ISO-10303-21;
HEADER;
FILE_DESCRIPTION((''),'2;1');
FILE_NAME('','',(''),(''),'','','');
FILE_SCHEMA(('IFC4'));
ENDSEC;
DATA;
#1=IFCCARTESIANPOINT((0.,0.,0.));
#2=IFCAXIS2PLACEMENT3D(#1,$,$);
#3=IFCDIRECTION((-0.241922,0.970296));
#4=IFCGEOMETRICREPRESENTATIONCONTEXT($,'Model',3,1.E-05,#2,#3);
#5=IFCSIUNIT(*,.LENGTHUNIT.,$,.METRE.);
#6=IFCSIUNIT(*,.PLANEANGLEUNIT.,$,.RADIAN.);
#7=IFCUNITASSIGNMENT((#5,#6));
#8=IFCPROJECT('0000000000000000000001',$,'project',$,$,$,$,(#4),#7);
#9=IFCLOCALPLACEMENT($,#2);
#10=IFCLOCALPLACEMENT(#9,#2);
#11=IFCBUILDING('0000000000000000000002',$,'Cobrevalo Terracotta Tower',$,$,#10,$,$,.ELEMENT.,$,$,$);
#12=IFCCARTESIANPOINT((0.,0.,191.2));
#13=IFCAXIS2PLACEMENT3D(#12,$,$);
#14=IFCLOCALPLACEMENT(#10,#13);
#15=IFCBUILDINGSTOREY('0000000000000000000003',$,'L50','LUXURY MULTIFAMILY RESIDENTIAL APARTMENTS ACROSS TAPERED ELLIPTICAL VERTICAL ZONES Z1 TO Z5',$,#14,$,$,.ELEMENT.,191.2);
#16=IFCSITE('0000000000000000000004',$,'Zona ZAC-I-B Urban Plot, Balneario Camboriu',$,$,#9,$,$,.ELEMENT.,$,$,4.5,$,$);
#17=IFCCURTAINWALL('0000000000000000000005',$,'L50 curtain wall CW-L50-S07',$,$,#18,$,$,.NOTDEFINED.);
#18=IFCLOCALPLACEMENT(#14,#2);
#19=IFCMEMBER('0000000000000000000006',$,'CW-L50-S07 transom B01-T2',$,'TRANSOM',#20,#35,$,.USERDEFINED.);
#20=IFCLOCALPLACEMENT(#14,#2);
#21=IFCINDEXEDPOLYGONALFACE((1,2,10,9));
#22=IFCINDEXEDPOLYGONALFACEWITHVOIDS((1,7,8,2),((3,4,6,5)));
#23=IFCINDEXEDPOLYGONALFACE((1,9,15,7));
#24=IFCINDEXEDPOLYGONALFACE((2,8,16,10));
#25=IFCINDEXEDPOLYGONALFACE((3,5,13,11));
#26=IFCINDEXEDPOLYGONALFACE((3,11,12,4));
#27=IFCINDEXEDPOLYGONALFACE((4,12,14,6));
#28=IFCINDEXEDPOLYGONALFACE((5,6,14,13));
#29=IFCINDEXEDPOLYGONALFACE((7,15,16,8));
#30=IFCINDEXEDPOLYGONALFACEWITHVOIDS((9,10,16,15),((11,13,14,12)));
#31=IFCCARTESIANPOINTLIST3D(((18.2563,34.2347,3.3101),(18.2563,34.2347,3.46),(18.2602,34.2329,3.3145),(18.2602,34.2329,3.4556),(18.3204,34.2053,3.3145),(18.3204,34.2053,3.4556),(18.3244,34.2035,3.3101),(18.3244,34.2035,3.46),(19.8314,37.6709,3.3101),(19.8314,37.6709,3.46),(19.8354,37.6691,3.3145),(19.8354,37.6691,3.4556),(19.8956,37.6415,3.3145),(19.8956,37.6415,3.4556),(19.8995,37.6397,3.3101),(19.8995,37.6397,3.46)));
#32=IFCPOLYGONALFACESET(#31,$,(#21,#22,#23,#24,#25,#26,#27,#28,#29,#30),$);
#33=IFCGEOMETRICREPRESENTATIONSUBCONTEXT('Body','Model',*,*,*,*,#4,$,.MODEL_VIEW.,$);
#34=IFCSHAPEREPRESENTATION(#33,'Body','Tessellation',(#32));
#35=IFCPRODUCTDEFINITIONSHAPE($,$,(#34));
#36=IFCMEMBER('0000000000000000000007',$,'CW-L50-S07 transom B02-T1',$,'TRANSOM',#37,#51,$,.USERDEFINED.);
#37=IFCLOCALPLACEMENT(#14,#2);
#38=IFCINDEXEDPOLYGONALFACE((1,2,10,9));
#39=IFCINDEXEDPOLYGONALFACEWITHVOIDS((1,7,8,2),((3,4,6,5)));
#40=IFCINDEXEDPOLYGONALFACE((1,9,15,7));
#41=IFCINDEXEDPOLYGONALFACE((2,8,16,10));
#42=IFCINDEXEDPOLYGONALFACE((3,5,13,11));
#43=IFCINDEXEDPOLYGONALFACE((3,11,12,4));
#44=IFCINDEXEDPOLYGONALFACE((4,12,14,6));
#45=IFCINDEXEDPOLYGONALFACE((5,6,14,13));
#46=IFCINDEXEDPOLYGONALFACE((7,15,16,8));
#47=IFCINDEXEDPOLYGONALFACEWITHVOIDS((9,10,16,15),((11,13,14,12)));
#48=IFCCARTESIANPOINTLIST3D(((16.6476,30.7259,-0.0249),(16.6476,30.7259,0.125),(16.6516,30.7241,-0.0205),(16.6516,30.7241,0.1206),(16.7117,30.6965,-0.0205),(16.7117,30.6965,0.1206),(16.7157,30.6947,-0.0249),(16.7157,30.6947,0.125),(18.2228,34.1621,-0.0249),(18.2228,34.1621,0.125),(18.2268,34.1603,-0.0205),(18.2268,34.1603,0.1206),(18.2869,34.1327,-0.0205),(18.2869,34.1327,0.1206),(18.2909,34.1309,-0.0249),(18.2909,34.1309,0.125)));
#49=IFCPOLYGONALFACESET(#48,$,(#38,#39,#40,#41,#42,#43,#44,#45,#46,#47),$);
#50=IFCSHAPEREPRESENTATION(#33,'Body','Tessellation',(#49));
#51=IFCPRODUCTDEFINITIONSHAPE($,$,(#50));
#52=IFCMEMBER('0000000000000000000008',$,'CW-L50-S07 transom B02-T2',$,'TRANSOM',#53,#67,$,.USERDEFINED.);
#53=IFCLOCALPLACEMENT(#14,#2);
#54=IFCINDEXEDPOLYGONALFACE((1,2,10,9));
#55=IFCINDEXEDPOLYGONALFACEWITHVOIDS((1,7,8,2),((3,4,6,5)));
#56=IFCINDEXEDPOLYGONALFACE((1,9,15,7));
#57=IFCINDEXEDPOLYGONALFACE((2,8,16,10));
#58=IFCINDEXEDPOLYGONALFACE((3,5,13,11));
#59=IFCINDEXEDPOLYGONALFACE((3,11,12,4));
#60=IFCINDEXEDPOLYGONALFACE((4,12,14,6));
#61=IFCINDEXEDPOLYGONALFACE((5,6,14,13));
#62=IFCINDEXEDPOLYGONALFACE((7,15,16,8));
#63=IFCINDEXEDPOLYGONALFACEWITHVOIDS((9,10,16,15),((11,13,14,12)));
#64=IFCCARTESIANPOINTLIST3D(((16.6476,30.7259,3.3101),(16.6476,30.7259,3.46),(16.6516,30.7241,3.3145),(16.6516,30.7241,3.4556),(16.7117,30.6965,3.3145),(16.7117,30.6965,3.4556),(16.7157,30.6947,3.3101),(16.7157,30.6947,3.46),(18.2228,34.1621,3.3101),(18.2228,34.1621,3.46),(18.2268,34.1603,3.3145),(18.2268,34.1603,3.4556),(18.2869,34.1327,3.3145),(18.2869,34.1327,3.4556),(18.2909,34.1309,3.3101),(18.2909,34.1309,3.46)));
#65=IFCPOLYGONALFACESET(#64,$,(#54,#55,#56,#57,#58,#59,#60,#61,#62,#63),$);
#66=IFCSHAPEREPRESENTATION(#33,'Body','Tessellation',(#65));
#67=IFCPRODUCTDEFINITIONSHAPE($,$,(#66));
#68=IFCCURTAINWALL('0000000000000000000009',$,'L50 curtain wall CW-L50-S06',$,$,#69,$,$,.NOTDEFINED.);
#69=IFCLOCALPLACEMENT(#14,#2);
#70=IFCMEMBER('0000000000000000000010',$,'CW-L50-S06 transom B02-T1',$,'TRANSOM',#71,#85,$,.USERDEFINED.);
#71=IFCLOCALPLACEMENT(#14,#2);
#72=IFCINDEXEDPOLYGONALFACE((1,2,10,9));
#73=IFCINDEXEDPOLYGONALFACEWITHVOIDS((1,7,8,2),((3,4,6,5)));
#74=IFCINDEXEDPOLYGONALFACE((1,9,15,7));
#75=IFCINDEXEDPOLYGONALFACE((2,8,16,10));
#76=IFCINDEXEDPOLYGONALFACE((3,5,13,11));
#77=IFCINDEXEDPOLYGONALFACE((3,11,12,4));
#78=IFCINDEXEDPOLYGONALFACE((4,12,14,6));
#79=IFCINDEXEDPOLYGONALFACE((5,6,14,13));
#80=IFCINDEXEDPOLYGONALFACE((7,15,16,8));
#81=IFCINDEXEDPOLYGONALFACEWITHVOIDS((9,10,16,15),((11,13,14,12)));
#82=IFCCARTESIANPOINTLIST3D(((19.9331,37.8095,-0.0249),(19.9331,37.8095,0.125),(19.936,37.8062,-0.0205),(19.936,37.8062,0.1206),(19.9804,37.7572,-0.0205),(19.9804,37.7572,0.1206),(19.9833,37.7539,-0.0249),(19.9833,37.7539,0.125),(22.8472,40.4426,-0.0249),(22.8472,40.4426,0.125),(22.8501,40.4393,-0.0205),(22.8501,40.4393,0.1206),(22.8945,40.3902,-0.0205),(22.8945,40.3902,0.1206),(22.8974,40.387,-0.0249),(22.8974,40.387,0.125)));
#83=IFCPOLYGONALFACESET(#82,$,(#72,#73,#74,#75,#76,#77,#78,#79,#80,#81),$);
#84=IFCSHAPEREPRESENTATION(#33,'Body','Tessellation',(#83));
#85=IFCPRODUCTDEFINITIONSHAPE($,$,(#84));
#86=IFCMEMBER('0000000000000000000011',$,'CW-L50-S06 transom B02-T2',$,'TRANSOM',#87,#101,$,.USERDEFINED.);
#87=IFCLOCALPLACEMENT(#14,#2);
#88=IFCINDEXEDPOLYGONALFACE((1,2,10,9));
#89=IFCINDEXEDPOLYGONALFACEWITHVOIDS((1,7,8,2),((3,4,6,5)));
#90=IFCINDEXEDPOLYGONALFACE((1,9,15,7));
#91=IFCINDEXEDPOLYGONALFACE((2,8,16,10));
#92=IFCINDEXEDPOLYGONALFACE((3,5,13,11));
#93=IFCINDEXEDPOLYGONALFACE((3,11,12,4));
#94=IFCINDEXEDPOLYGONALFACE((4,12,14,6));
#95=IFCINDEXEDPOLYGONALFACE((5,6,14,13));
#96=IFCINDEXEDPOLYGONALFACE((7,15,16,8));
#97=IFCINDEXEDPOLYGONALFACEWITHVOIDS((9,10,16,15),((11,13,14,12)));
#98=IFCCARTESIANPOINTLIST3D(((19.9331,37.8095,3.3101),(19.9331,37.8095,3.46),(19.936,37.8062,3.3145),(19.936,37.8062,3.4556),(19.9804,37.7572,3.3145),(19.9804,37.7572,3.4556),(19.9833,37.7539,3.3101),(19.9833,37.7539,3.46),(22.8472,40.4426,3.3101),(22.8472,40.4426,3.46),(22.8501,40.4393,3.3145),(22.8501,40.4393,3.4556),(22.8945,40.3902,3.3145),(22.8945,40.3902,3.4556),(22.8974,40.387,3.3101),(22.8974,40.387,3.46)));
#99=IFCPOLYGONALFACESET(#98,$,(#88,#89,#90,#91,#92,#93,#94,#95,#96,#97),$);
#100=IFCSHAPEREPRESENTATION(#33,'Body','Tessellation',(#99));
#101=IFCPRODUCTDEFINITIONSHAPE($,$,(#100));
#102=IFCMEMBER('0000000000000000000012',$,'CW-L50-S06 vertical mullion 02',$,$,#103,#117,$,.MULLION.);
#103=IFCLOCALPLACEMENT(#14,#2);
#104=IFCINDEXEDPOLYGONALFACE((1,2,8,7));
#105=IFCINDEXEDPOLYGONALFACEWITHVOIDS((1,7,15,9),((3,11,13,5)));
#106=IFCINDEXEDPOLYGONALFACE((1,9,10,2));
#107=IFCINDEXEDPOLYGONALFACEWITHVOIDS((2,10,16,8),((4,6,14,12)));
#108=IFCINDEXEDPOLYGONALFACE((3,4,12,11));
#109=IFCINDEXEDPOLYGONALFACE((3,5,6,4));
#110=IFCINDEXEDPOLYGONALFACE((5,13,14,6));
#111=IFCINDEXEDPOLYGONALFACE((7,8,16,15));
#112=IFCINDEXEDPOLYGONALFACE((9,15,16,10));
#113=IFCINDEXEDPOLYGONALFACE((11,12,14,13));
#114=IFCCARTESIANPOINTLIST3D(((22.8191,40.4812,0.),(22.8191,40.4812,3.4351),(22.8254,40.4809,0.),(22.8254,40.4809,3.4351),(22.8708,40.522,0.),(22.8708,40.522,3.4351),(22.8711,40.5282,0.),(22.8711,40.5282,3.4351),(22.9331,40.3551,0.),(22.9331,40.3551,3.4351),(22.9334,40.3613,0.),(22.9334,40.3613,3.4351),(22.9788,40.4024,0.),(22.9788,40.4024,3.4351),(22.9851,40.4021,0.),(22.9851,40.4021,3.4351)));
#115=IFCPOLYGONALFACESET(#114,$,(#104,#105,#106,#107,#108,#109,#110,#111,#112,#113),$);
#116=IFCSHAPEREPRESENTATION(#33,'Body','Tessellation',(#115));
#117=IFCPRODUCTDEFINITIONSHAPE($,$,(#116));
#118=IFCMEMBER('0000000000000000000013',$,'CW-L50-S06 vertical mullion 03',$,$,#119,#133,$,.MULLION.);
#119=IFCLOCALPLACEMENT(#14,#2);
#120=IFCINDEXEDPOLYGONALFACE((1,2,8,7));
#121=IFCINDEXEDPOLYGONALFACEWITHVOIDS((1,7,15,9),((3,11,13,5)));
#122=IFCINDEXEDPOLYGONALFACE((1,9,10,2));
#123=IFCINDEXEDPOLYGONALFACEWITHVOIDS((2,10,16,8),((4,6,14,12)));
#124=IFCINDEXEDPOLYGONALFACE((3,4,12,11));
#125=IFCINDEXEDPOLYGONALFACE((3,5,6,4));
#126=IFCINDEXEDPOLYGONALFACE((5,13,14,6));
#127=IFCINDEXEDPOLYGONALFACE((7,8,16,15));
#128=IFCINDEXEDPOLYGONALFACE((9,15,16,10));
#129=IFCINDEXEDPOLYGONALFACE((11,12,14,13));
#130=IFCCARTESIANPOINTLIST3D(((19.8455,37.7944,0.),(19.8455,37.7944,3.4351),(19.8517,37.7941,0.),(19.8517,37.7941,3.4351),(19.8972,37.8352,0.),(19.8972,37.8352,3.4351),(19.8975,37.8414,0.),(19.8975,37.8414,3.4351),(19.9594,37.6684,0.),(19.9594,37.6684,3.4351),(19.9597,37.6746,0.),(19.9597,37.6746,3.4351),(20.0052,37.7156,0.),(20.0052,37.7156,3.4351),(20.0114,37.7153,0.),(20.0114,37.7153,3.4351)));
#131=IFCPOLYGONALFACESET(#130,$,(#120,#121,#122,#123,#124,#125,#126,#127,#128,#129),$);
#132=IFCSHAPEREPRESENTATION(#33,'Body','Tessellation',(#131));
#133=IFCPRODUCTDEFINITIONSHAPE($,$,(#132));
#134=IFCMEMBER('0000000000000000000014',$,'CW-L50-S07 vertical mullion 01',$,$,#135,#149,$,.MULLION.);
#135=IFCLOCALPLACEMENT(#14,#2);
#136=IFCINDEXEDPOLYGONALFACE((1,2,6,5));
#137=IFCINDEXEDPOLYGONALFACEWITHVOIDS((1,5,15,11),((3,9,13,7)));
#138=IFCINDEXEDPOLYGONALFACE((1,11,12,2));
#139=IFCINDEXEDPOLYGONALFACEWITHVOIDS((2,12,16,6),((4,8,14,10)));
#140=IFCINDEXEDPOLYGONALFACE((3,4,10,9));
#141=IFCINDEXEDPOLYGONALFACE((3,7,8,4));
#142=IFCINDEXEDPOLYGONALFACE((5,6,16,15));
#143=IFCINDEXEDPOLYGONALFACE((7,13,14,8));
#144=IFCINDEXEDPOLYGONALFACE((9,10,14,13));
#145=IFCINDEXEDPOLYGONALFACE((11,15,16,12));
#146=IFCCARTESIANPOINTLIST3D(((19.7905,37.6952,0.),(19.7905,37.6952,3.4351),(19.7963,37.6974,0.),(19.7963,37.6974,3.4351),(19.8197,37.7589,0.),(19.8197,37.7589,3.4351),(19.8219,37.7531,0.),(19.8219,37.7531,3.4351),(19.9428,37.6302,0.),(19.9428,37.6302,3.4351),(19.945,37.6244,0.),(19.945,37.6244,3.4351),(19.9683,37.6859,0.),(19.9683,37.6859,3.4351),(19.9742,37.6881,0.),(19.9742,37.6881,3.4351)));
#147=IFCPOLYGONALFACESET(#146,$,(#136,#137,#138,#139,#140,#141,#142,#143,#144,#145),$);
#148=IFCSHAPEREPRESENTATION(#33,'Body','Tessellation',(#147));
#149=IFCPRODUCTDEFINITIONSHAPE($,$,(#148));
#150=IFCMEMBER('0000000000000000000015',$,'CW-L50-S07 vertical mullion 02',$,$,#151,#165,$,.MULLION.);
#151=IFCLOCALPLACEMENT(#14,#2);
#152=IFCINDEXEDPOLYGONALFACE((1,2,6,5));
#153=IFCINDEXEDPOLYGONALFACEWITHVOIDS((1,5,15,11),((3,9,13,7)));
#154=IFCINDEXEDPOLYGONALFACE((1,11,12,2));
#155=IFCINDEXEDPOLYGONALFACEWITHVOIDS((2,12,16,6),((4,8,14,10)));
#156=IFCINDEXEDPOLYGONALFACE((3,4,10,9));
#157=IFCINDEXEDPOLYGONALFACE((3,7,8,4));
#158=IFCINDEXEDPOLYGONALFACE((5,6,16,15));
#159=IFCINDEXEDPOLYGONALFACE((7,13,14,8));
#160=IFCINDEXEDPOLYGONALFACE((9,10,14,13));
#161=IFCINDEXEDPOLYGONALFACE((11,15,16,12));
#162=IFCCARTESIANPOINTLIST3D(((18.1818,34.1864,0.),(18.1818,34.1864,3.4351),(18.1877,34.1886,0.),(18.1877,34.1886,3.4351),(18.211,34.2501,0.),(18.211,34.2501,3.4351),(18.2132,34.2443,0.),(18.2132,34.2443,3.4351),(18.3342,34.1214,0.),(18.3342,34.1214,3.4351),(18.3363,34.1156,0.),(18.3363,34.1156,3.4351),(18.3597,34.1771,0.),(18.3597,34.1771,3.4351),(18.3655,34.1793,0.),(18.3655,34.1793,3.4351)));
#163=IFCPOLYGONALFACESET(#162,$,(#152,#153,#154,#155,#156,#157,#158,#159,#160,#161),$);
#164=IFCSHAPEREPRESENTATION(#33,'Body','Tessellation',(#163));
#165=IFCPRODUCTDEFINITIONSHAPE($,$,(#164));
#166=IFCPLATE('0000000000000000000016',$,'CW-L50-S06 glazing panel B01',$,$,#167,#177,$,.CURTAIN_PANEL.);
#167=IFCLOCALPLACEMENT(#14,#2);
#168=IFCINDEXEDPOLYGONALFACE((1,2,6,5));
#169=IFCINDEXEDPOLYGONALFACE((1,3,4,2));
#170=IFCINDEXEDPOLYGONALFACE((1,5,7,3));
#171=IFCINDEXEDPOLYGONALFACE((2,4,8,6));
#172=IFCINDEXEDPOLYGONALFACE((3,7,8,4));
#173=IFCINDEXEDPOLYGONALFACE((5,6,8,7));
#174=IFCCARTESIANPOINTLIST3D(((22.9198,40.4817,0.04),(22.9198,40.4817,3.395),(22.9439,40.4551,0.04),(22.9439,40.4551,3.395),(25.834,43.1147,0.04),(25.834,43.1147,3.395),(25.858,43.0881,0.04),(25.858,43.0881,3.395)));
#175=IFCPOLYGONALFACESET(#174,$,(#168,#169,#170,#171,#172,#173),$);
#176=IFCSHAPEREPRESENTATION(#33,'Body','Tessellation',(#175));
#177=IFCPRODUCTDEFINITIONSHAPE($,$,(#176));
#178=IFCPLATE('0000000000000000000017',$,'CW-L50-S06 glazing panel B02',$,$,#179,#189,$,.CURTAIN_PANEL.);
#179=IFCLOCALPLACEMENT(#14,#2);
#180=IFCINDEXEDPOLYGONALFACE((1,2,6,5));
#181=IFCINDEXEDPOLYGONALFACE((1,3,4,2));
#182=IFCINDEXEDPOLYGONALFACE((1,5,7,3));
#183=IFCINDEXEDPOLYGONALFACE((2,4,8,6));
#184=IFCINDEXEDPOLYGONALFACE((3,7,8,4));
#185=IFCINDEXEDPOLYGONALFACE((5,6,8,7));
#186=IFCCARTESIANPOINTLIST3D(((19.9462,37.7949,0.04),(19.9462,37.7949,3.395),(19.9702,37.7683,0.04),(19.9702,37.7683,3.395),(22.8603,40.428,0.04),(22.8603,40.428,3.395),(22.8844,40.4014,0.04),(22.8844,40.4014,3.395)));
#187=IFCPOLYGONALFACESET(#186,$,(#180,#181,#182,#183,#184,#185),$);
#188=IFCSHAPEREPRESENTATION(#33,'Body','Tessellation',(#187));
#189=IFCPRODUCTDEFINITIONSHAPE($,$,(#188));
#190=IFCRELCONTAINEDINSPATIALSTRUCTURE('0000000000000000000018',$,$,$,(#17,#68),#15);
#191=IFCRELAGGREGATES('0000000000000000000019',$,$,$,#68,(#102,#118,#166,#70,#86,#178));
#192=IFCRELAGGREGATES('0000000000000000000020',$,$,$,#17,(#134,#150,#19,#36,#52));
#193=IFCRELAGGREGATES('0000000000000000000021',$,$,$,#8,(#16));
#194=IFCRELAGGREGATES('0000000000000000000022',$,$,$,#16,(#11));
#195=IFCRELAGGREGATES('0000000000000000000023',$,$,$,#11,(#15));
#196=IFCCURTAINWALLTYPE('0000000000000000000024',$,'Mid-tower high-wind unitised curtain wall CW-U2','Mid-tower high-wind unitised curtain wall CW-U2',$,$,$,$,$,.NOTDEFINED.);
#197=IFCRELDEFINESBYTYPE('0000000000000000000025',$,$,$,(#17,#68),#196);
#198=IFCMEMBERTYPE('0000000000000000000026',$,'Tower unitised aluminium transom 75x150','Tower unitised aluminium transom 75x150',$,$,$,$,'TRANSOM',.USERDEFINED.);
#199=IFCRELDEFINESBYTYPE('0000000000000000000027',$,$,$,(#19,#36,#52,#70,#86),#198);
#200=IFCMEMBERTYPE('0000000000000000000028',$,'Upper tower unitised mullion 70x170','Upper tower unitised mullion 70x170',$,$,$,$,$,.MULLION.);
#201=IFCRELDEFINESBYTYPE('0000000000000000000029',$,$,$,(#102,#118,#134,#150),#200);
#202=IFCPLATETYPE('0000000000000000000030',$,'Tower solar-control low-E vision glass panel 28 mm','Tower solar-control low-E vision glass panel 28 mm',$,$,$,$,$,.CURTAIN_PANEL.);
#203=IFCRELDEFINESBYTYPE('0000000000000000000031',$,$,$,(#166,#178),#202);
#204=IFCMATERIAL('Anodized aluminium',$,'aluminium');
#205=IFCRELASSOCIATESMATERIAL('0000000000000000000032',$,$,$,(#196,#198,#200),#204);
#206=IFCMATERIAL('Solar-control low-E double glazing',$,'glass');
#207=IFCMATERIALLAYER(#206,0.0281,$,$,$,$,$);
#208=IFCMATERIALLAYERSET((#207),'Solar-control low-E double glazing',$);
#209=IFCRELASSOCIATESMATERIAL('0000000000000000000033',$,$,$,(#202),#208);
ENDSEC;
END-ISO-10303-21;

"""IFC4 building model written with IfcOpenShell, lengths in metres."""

from ifc_helpers import new_model, si_unit, direction, frame, origin, origin_2d, place, context, subcontext, project, spatial, rectangle, hollow_rectangle, extrude, source, transform, mapped, material, layer, layer_set, material_profile, profile_set, type_object, element, aggregate, save


model = new_model("IFC4")

# Units and contexts
model_context = context("Model", 3, precision=1e-05, world=origin(), true_north=direction((-0.241922, 0.970296)))
body_context = subcontext(model_context, "Body", "Model", "MODEL_VIEW")
ifc_project = project(units=[si_unit("LENGTHUNIT", "METRE"), si_unit("PLANEANGLEUNIT", "RADIAN")], contexts=[model_context])

# Site, building, storey
site_placement = place(None, origin())
site = spatial("IfcSite", under=ifc_project, at=site_placement, Name="Zona ZAC-I-B Urban Plot, Balneario Camboriu", CompositionType="ELEMENT", RefElevation=4.5)
building_placement = place(site_placement, origin())
building = spatial("IfcBuilding", under=site, at=building_placement, Name="Cobrevalo Terracotta Tower", CompositionType="ELEMENT")
storey_placement = place(building_placement, frame((0.0, 0.0, 191.2)))
storey = spatial("IfcBuildingStorey", under=building, at=storey_placement, Name="L50", Description="LUXURY MULTIFAMILY RESIDENTIAL APARTMENTS ACROSS TAPERED ELLIPTICAL VERTICAL ZONES Z1 TO Z5", CompositionType="ELEMENT", Elevation=191.2)

# Curtain walls, members
ifc_material_1 = material(Name="Anodized aluminium", Category="aluminium")
curtain_wall_type = type_object("IfcCurtainWallType", Name="Mid-tower high-wind unitised curtain wall CW-U2", Description="Mid-tower high-wind unitised curtain wall CW-U2", PredefinedType="NOTDEFINED", material=ifc_material_1)
curtain_wall_1_placement = place(storey_placement, origin())
curtain_wall_1 = element("IfcCurtainWall", 1, at=curtain_wall_1_placement, inside=storey, type_object=curtain_wall_type, Name="L50 curtain wall CW-L50-S07", PredefinedType="NOTDEFINED")
ifc_material_profile_1 = material_profile(ifc_material_1, hollow_rectangle(XDim=0.075, YDim=0.1499, WallThickness=0.0044, at=origin_2d()), Name="CWT 75x150")
ifc_profile_set_1 = profile_set([ifc_material_profile_1], Name="Anodized aluminium")
member_type_1 = type_object("IfcMemberType", Name="Tower unitised aluminium transom 75x150", Description="Tower unitised aluminium transom 75x150", ElementType="TRANSOM", PredefinedType="USERDEFINED", material=ifc_profile_set_1)
shared_shape_1 = source(origin(), body_context, "Body", "SweptSolid", [
    extrude(hollow_rectangle(XDim=0.075, YDim=0.1499, WallThickness=0.0044, at=origin_2d()), origin(), (0.0, 0.0, 1.0), 3.78),
])
member_1_placement = place(storey_placement, frame((19.8655, 37.6553, 3.385), z_axis=(-0.416706, -0.909041, 0.0), x_axis=(0.909041, -0.416706, 0.0)))
member_1 = element("IfcMember", 2, at=member_1_placement, type_object=member_type_1, Name="CW-L50-S07 transom B01-T2", ObjectType="TRANSOM", PredefinedType="USERDEFINED", context=body_context, shape_type="MappedRepresentation", body=[
    mapped(shared_shape_1, transform((0.0, 0.0, 0.0), scale=1.0)),
])
member_2_placement = place(storey_placement, frame((18.2568, 34.1465, 0.05), z_axis=(-0.416706, -0.909041, 0.0), x_axis=(0.909041, -0.416706, 0.0)))
member_2 = element("IfcMember", 3, at=member_2_placement, type_object=member_type_1, Name="CW-L50-S07 transom B02-T1", ObjectType="TRANSOM", PredefinedType="USERDEFINED", context=body_context, shape_type="MappedRepresentation", body=[
    mapped(shared_shape_1, transform((0.0, 0.0, 0.0), scale=1.0)),
])
member_3_placement = place(storey_placement, frame((18.2568, 34.1465, 3.385), z_axis=(-0.416706, -0.909041, 0.0), x_axis=(0.909041, -0.416706, 0.0)))
member_3 = element("IfcMember", 4, at=member_3_placement, type_object=member_type_1, Name="CW-L50-S07 transom B02-T2", ObjectType="TRANSOM", PredefinedType="USERDEFINED", context=body_context, shape_type="MappedRepresentation", body=[
    mapped(shared_shape_1, transform((0.0, 0.0, 0.0), scale=1.0)),
])
curtain_wall_2_placement = place(storey_placement, origin())
curtain_wall_2 = element("IfcCurtainWall", 5, at=curtain_wall_2_placement, inside=storey, type_object=curtain_wall_type, Name="L50 curtain wall CW-L50-S06", PredefinedType="NOTDEFINED")
shared_shape_2 = source(origin(), body_context, "Body", "SweptSolid", [
    extrude(hollow_rectangle(XDim=0.075, YDim=0.1499, WallThickness=0.0044, at=origin_2d()), origin(), (0.0, 0.0, 1.0), 3.9275),
])
member_4_placement = place(storey_placement, frame((22.8723, 40.4148, 0.05), z_axis=(-0.741976, -0.670426, 0.0), x_axis=(0.670426, -0.741976, 0.0)))
member_4 = element("IfcMember", 6, at=member_4_placement, type_object=member_type_1, Name="CW-L50-S06 transom B02-T1", ObjectType="TRANSOM", PredefinedType="USERDEFINED", context=body_context, shape_type="MappedRepresentation", body=[
    mapped(shared_shape_2, transform((0.0, 0.0, 0.0), scale=1.0)),
])
member_5_placement = place(storey_placement, frame((22.8723, 40.4148, 3.385), z_axis=(-0.741976, -0.670426, 0.0), x_axis=(0.670426, -0.741976, 0.0)))
member_5 = element("IfcMember", 7, at=member_5_placement, type_object=member_type_1, Name="CW-L50-S06 transom B02-T2", ObjectType="TRANSOM", PredefinedType="USERDEFINED", context=body_context, shape_type="MappedRepresentation", body=[
    mapped(shared_shape_2, transform((0.0, 0.0, 0.0), scale=1.0)),
])
ifc_material_profile_2 = material_profile(ifc_material_1, hollow_rectangle(XDim=0.0701, YDim=0.1699, WallThickness=0.0044, at=origin_2d()), Name="CWM 70x170")
ifc_profile_set_2 = profile_set([ifc_material_profile_2], Name="Anodized aluminium")
member_type_2 = type_object("IfcMemberType", Name="Upper tower unitised mullion 70x170", Description="Upper tower unitised mullion 70x170", PredefinedType="MULLION", material=ifc_profile_set_2)
shared_shape_3 = source(origin(), body_context, "Body", "SweptSolid", [
    extrude(hollow_rectangle(XDim=0.0701, YDim=0.1699, WallThickness=0.0044, at=origin_2d()), origin(), (0.0, 0.0, 1.0), 3.4351),
])
member_6_placement = place(storey_placement, frame((22.9021, 40.4417, 0.0), z_axis=(0.0, 0.0, 1.0), x_axis=(-0.741988, -0.670414, 0.0)))
member_6 = element("IfcMember", 8, at=member_6_placement, type_object=member_type_2, Name="CW-L50-S06 vertical mullion 02", PredefinedType="MULLION", context=body_context, shape_type="MappedRepresentation", body=[
    mapped(shared_shape_3, transform((0.0, 0.0, 0.0), scale=1.0)),
])
member_7_placement = place(storey_placement, frame((19.9285, 37.7549, 0.0), z_axis=(0.0, 0.0, 1.0), x_axis=(-0.741988, -0.670414, 0.0)))
member_7 = element("IfcMember", 9, at=member_7_placement, type_object=member_type_2, Name="CW-L50-S06 vertical mullion 03", PredefinedType="MULLION", context=body_context, shape_type="MappedRepresentation", body=[
    mapped(shared_shape_3, transform((0.0, 0.0, 0.0), scale=1.0)),
])

# Members
member_8_placement = place(storey_placement, frame((19.8823, 37.6917, 0.0), z_axis=(0.0, 0.0, 1.0), x_axis=(-0.416725, -0.909033, 0.0)))
member_8 = element("IfcMember", 10, at=member_8_placement, type_object=member_type_2, Name="CW-L50-S07 vertical mullion 01", PredefinedType="MULLION", context=body_context, shape_type="MappedRepresentation", body=[
    mapped(shared_shape_3, transform((0.0, 0.0, 0.0), scale=1.0)),
])
member_9_placement = place(storey_placement, frame((18.2737, 34.1829, 0.0), z_axis=(0.0, 0.0, 1.0), x_axis=(-0.416725, -0.909033, 0.0)))
member_9 = element("IfcMember", 11, at=member_9_placement, type_object=member_type_2, Name="CW-L50-S07 vertical mullion 02", PredefinedType="MULLION", context=body_context, shape_type="MappedRepresentation", body=[
    mapped(shared_shape_3, transform((0.0, 0.0, 0.0), scale=1.0)),
])

# Plates
ifc_material_2 = material(Name="Solar-control low-E double glazing", Category="glass")
ifc_layer_1 = layer(ifc_material_2, 0.0281)
ifc_layer_set_1 = layer_set([ifc_layer_1], Name="Solar-control low-E double glazing")
plate_type = type_object("IfcPlateType", Name="Tower solar-control low-E vision glass panel 28 mm", Description="Tower solar-control low-E vision glass panel 28 mm", PredefinedType="CURTAIN_PANEL", material=ifc_layer_set_1)
shared_shape_4 = source(origin(), body_context, "Body", "SweptSolid", [
    extrude(rectangle(XDim=3.9275, YDim=0.0359, at=origin_2d()), origin(), (0.0, 0.0, 1.0), 3.355),
])
plate_1_placement = place(storey_placement, frame((24.3889, 41.7849, 0.04), z_axis=(0.0, 0.0, 1.0), x_axis=(-0.741988, -0.670414, 0.0)))
plate_1 = element("IfcPlate", 12, at=plate_1_placement, type_object=plate_type, Name="CW-L50-S06 glazing panel B01", PredefinedType="CURTAIN_PANEL", context=body_context, shape_type="MappedRepresentation", body=[
    mapped(shared_shape_4, transform((0.0, 0.0, 0.0), scale=1.0)),
])
plate_2_placement = place(storey_placement, frame((21.4153, 39.0981, 0.04), z_axis=(0.0, 0.0, 1.0), x_axis=(-0.741988, -0.670414, 0.0)))
plate_2 = element("IfcPlate", 13, at=plate_2_placement, type_object=plate_type, Name="CW-L50-S06 glazing panel B02", PredefinedType="CURTAIN_PANEL", context=body_context, shape_type="MappedRepresentation", body=[
    mapped(shared_shape_4, transform((0.0, 0.0, 0.0), scale=1.0)),
])
aggregate(curtain_wall_2, [member_6, member_7, plate_1, member_4, member_5, plate_2])
aggregate(curtain_wall_1, [member_8, member_9, member_1, member_2, member_3])

save(model, "model.ifc")
